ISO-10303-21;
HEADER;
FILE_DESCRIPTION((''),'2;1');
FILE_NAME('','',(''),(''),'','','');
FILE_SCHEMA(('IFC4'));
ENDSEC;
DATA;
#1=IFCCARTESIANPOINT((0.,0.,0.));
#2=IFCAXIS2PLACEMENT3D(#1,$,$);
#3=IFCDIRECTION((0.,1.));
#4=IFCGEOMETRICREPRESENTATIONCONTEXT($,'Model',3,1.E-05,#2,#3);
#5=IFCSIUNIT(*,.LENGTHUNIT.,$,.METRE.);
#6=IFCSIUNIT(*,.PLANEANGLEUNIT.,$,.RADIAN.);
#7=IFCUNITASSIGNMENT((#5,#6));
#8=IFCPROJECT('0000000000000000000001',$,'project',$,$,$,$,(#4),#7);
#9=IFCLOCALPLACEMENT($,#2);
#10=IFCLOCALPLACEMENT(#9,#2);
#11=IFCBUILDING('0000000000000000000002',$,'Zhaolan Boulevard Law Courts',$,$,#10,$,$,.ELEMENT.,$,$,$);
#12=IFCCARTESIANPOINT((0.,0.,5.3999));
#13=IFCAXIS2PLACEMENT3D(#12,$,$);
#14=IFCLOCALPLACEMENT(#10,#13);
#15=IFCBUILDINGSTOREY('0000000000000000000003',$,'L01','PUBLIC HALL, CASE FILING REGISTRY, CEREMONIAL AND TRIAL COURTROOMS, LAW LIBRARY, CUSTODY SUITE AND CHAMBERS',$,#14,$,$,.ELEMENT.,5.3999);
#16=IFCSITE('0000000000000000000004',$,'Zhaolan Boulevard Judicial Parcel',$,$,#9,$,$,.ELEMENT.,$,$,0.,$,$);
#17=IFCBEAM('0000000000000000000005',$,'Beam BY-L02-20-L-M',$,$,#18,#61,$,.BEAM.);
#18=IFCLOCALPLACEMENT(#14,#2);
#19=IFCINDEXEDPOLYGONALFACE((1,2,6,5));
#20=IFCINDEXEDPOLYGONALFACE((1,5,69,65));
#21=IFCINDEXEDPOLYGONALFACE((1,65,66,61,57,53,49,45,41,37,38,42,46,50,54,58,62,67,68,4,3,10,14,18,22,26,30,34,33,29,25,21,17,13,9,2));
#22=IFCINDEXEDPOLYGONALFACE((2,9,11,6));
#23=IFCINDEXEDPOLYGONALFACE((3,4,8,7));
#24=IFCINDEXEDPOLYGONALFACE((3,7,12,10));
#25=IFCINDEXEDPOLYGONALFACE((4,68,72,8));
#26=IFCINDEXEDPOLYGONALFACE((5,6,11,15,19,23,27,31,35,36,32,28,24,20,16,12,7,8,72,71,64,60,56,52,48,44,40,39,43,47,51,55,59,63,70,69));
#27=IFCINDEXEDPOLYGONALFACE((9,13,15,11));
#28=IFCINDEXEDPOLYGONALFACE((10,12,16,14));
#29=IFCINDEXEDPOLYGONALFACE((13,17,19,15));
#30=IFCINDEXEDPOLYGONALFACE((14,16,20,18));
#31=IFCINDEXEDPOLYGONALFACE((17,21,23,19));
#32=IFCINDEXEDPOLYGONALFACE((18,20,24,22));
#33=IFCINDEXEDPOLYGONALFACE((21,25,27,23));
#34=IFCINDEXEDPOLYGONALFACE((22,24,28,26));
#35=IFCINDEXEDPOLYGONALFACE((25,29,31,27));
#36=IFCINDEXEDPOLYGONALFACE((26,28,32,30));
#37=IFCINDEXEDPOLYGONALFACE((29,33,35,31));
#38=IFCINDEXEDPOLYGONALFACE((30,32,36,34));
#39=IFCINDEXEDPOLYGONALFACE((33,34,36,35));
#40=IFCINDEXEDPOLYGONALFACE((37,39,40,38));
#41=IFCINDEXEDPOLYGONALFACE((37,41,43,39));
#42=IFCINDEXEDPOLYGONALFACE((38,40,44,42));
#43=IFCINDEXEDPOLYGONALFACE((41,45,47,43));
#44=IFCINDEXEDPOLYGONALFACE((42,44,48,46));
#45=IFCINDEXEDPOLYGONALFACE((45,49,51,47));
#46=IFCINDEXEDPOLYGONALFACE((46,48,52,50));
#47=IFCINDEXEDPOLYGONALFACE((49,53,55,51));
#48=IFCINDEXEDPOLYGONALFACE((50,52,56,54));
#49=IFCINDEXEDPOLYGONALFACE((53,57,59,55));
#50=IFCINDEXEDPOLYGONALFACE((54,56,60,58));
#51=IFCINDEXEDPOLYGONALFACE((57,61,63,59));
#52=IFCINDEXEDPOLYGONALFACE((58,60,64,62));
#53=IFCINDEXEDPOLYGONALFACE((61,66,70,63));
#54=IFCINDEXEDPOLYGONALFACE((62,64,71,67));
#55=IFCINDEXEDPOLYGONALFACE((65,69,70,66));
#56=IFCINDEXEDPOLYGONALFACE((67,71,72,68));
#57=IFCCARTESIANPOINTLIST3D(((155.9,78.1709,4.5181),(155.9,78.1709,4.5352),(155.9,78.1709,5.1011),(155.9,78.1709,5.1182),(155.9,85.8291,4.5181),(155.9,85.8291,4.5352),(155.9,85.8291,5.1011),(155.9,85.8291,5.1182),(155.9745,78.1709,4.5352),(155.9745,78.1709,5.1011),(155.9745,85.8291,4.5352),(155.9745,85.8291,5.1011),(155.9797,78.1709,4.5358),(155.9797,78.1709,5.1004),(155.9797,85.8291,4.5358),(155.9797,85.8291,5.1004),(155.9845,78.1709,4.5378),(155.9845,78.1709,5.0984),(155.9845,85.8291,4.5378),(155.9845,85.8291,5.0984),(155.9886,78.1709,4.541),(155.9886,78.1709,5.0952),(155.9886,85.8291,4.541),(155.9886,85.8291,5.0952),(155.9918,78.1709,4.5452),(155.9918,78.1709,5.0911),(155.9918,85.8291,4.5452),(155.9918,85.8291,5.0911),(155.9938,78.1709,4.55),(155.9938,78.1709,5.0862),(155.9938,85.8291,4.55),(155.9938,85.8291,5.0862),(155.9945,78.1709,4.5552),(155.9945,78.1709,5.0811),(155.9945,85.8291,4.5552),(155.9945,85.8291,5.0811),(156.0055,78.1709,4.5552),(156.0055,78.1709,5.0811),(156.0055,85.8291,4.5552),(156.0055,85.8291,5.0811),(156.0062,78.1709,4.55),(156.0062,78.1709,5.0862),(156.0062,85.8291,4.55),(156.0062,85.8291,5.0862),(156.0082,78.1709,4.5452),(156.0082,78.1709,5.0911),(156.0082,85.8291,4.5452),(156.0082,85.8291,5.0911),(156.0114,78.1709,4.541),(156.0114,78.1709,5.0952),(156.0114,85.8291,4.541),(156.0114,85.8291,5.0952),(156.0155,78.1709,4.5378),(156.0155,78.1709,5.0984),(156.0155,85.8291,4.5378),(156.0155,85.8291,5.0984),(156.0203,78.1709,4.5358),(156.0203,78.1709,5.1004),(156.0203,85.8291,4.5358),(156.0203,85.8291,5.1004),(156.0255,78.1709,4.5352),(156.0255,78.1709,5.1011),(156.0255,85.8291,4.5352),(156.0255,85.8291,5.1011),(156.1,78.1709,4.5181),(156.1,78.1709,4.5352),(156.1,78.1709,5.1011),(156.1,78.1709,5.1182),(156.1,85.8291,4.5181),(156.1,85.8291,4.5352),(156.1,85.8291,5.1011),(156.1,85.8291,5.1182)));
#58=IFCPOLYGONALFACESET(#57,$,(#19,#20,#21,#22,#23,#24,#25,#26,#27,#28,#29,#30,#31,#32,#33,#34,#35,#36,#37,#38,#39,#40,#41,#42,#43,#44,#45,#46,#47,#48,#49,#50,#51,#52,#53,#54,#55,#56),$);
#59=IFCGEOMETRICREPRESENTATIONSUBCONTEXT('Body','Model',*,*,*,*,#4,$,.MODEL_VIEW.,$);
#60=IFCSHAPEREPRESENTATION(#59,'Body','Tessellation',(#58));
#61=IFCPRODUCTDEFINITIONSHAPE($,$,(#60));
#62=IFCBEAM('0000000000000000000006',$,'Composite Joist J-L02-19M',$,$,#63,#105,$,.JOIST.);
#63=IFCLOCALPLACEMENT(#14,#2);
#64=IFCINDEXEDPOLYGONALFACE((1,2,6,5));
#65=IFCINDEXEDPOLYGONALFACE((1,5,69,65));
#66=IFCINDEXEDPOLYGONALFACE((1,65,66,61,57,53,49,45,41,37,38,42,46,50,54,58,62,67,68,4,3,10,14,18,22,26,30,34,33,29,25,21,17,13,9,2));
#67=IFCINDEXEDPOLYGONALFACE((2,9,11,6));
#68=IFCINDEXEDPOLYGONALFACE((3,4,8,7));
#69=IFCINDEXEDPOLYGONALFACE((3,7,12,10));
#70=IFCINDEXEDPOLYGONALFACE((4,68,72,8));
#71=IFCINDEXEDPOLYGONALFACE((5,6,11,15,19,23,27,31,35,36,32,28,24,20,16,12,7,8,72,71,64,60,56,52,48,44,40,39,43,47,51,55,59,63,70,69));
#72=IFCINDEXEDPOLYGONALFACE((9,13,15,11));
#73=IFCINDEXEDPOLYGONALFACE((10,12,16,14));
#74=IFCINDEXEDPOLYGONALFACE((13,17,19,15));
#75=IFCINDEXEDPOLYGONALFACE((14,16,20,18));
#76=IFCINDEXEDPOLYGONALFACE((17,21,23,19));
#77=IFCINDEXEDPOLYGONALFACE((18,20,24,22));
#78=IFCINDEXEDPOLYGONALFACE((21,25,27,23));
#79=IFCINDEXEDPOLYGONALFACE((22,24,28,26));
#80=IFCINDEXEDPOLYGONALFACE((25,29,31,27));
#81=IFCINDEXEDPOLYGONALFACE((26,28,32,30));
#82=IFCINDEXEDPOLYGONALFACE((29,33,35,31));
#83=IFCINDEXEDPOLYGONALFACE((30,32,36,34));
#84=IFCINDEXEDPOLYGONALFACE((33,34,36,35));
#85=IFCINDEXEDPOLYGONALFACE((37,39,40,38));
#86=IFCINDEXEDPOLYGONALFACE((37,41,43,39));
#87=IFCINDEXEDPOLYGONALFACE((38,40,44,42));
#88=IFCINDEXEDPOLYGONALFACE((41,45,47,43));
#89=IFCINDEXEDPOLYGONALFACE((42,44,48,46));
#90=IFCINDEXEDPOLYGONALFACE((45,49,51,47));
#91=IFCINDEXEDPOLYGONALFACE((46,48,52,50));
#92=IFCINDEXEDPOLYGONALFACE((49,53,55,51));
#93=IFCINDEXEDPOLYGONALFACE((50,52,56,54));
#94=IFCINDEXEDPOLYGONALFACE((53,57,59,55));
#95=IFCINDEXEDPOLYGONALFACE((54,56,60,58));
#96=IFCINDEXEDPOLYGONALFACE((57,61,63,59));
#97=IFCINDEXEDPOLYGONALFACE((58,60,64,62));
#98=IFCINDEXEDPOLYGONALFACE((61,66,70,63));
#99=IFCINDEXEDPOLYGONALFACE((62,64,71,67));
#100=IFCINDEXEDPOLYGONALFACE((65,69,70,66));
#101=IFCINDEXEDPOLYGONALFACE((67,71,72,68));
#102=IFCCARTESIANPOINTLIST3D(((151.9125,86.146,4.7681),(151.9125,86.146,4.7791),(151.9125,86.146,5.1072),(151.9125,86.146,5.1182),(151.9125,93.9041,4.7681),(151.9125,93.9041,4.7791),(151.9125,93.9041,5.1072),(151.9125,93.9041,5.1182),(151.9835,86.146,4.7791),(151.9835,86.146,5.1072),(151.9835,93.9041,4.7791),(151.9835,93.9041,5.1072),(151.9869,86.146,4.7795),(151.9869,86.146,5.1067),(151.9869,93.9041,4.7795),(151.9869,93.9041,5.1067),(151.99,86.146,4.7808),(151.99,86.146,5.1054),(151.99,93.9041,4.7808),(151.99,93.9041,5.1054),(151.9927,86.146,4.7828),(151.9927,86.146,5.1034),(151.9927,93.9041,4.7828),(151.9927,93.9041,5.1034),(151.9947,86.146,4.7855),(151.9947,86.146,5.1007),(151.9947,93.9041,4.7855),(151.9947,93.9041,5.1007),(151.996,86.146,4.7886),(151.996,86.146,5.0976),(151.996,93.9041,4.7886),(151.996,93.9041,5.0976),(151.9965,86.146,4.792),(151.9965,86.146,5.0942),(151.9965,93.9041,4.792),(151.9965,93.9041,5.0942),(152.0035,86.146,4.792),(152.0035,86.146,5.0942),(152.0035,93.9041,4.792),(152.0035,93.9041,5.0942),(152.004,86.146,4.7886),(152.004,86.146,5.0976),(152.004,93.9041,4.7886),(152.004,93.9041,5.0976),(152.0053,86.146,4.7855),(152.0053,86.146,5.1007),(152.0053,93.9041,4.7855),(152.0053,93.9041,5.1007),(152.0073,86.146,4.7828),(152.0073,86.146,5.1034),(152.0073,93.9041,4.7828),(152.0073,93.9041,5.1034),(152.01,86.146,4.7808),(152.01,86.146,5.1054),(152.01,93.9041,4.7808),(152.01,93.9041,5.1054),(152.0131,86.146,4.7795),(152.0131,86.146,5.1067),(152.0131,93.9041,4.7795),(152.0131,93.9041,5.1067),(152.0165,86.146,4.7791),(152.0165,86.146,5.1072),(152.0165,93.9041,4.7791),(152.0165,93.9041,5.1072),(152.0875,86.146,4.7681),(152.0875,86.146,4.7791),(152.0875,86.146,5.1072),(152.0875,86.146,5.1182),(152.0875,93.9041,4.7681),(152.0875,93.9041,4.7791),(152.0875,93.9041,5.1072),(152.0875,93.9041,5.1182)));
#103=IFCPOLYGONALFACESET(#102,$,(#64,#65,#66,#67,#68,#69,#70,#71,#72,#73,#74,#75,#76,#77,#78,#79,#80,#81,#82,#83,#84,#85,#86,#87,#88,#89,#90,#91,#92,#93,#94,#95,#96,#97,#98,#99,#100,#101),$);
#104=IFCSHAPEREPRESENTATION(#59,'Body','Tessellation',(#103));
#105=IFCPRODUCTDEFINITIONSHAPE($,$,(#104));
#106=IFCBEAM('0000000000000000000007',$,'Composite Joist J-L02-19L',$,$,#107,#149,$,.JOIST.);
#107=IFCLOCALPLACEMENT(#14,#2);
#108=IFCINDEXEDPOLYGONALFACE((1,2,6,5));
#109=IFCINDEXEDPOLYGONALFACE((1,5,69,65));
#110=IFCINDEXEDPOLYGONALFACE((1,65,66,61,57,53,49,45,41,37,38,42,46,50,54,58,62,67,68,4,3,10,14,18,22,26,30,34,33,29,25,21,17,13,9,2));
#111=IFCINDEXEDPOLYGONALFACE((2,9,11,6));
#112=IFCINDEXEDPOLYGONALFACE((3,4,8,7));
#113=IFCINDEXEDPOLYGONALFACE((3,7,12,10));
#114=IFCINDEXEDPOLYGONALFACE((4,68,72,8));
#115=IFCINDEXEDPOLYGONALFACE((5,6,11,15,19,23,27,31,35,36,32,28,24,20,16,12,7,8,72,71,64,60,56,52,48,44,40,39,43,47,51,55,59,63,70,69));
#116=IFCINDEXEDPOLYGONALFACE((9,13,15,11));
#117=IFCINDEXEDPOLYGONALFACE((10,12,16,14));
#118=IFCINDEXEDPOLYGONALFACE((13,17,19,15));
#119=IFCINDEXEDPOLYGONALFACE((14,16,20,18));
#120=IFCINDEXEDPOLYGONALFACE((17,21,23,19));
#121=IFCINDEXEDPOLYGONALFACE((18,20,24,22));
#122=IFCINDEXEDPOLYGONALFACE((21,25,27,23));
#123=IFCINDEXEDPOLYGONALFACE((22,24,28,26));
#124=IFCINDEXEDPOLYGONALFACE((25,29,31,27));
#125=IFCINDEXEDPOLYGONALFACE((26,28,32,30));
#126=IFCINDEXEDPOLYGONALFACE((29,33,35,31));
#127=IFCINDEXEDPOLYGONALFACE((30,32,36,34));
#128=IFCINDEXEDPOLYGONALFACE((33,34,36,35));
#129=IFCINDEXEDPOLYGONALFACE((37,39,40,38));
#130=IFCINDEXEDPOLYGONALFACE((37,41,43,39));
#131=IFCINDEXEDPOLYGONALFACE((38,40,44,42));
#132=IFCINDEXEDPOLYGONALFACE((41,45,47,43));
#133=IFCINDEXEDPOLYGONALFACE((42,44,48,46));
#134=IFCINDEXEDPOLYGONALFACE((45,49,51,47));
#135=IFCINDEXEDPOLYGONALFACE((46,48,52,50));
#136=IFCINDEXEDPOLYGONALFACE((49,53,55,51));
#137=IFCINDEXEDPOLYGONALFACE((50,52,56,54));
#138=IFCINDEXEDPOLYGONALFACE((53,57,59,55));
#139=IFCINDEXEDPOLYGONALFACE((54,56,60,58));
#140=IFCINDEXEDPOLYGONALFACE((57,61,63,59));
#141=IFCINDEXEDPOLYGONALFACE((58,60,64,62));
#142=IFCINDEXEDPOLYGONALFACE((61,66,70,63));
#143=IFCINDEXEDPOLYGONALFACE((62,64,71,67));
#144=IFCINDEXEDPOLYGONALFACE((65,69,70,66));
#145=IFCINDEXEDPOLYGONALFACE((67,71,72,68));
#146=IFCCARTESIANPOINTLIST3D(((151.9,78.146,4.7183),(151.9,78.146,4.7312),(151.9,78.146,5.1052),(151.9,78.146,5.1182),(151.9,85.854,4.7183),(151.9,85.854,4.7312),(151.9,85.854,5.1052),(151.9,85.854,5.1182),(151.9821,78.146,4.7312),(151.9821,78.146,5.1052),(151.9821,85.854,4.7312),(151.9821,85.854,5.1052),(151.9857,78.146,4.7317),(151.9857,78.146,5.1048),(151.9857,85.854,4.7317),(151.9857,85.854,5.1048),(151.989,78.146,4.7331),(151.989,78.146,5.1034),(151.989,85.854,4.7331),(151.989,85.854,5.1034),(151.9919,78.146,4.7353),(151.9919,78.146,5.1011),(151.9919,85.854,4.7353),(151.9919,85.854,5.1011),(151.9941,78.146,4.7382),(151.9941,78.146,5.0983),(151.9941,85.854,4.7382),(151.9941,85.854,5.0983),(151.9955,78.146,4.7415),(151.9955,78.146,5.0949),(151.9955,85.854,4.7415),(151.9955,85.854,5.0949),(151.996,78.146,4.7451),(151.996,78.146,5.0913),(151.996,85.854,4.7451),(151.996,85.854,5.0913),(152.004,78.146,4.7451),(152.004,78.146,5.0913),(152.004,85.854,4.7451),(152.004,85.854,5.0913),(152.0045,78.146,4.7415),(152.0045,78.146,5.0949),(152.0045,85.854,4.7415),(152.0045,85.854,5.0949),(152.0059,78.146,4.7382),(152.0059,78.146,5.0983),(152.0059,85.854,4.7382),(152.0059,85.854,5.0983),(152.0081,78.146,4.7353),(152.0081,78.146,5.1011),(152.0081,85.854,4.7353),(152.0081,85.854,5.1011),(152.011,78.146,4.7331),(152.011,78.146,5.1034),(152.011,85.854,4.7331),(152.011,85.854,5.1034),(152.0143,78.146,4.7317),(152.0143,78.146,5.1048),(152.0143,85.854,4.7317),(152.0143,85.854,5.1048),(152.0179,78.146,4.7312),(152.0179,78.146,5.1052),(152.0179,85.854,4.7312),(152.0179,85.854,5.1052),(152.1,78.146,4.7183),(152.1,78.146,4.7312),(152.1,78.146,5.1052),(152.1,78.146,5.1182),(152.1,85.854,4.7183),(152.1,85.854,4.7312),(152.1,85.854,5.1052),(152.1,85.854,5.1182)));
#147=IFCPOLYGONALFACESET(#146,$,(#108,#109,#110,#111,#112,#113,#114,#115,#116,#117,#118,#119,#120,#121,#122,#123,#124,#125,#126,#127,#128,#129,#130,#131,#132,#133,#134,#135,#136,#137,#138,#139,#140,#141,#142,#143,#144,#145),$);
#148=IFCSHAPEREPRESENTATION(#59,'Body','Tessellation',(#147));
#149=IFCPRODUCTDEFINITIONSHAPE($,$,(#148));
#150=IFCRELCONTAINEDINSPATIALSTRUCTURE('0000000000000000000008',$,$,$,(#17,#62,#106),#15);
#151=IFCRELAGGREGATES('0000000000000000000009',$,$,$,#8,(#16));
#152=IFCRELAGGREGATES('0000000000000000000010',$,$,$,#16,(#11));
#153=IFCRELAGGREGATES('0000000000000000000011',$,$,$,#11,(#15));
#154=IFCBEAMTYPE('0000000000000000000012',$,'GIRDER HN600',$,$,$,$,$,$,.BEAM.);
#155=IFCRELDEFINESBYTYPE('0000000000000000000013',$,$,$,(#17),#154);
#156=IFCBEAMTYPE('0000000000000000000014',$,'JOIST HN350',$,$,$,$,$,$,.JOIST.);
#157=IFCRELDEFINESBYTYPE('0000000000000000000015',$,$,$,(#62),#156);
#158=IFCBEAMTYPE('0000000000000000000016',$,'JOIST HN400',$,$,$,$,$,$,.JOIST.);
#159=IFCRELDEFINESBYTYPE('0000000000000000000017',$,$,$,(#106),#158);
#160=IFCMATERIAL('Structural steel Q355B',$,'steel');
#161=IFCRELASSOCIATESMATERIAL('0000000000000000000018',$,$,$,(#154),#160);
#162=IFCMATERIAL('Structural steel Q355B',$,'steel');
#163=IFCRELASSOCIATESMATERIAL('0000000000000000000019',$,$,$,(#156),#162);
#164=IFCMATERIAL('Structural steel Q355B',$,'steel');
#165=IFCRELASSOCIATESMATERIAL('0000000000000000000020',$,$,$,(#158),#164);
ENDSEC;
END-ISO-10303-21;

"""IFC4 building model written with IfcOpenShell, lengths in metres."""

from ifc_helpers import new_model, si_unit, direction, frame, origin, origin_2d, place, context, subcontext, project, spatial, i_section, extrude, material, material_profile, profile_set, type_object, element, save


model = new_model("IFC4")

# Units and contexts
model_context = context("Model", 3, precision=1e-05, world=origin(), true_north=direction((0.0, 1.0)))
body_context = subcontext(model_context, "Body", "Model", "MODEL_VIEW")
ifc_project = project(units=[si_unit("LENGTHUNIT", "METRE"), si_unit("PLANEANGLEUNIT", "RADIAN")], contexts=[model_context])

# Site, building, storey
site_placement = place(None, origin())
site = spatial("IfcSite", under=ifc_project, at=site_placement, Name="Zhaolan Boulevard Judicial Parcel", CompositionType="ELEMENT", RefElevation=0.0)
building_placement = place(site_placement, origin())
building = spatial("IfcBuilding", under=site, at=building_placement, Name="Zhaolan Boulevard Law Courts", CompositionType="ELEMENT")
storey_placement = place(building_placement, frame((0.0, 0.0, 5.3999)))
storey = spatial("IfcBuildingStorey", under=building, at=storey_placement, Name="L01", Description="PUBLIC HALL, CASE FILING REGISTRY, CEREMONIAL AND TRIAL COURTROOMS, LAW LIBRARY, CUSTODY SUITE AND CHAMBERS", CompositionType="ELEMENT", Elevation=5.3999)

# Beams
ifc_material_1 = material(Name="Structural steel Q355B", Category="steel")
ifc_material_profile_1 = material_profile(ifc_material_1, i_section(OverallWidth=0.2, OverallDepth=0.6001, WebThickness=0.011, FlangeThickness=0.0171, FilletRadius=0.02, at=origin_2d()), Name="HN600x200")
ifc_profile_set_1 = profile_set([ifc_material_profile_1], Name="Structural steel Q355B")
beam_type_1 = type_object("IfcBeamType", Name="GIRDER HN600", PredefinedType="BEAM", material=ifc_profile_set_1)
for number, where, z_axis, x_axis, name in (
    (1, (156.0, 78.1709, 4.8181), (0.0, 1.0, 0.0), (-1.0, 0.0, 0.0), "Beam BY-L02-20-L-M"),
):
    element("IfcBeam", number, at=place(storey_placement, frame(where, z_axis=z_axis, x_axis=x_axis)), inside=storey, type_object=beam_type_1, Name=name, PredefinedType="BEAM", context=body_context, shape_type="SweptSolid", body=[
        extrude(i_section(OverallWidth=0.2, OverallDepth=0.6001, WebThickness=0.011, FlangeThickness=0.0171, FilletRadius=0.02, at=origin_2d()), origin(), (0.0, 0.0, 1.0), 7.6582),
    ])
ifc_material_2 = material(Name="Structural steel Q355B", Category="steel")
ifc_material_profile_2 = material_profile(ifc_material_2, i_section(OverallWidth=0.175, OverallDepth=0.3501, WebThickness=0.0071, FlangeThickness=0.011, FilletRadius=0.0129, at=origin_2d()), Name="HN350x175")
ifc_profile_set_2 = profile_set([ifc_material_profile_2], Name="Structural steel Q355B")
beam_type_2 = type_object("IfcBeamType", Name="JOIST HN350", PredefinedType="JOIST", material=ifc_profile_set_2)
beam_1_placement = place(storey_placement, frame((152.0, 86.146, 4.9431), z_axis=(0.0, 1.0, 0.0), x_axis=(-1.0, 0.0, 0.0)))
element("IfcBeam", 2, at=beam_1_placement, inside=storey, type_object=beam_type_2, Name="Composite Joist J-L02-19M", PredefinedType="JOIST", context=body_context, shape_type="SweptSolid", body=[
    extrude(i_section(OverallWidth=0.175, OverallDepth=0.3501, WebThickness=0.0071, FlangeThickness=0.011, FilletRadius=0.0129, at=origin_2d()), origin(), (0.0, 0.0, 1.0), 7.7581),
])
ifc_material_3 = material(Name="Structural steel Q355B", Category="steel")
ifc_material_profile_3 = material_profile(ifc_material_3, i_section(OverallWidth=0.2, OverallDepth=0.3999, WebThickness=0.0081, FlangeThickness=0.0129, FilletRadius=0.0139, at=origin_2d()), Name="HN400x200")
ifc_profile_set_3 = profile_set([ifc_material_profile_3], Name="Structural steel Q355B")
beam_type_3 = type_object("IfcBeamType", Name="JOIST HN400", PredefinedType="JOIST", material=ifc_profile_set_3)
beam_2_placement = place(storey_placement, frame((152.0, 78.146, 4.9182), z_axis=(0.0, 1.0, 0.0), x_axis=(-1.0, 0.0, 0.0)))
element("IfcBeam", 3, at=beam_2_placement, inside=storey, type_object=beam_type_3, Name="Composite Joist J-L02-19L", PredefinedType="JOIST", context=body_context, shape_type="SweptSolid", body=[
    extrude(i_section(OverallWidth=0.2, OverallDepth=0.3999, WebThickness=0.0081, FlangeThickness=0.0129, FilletRadius=0.0139, at=origin_2d()), origin(), (0.0, 0.0, 1.0), 7.708),
])

save(model, "model.ifc")
